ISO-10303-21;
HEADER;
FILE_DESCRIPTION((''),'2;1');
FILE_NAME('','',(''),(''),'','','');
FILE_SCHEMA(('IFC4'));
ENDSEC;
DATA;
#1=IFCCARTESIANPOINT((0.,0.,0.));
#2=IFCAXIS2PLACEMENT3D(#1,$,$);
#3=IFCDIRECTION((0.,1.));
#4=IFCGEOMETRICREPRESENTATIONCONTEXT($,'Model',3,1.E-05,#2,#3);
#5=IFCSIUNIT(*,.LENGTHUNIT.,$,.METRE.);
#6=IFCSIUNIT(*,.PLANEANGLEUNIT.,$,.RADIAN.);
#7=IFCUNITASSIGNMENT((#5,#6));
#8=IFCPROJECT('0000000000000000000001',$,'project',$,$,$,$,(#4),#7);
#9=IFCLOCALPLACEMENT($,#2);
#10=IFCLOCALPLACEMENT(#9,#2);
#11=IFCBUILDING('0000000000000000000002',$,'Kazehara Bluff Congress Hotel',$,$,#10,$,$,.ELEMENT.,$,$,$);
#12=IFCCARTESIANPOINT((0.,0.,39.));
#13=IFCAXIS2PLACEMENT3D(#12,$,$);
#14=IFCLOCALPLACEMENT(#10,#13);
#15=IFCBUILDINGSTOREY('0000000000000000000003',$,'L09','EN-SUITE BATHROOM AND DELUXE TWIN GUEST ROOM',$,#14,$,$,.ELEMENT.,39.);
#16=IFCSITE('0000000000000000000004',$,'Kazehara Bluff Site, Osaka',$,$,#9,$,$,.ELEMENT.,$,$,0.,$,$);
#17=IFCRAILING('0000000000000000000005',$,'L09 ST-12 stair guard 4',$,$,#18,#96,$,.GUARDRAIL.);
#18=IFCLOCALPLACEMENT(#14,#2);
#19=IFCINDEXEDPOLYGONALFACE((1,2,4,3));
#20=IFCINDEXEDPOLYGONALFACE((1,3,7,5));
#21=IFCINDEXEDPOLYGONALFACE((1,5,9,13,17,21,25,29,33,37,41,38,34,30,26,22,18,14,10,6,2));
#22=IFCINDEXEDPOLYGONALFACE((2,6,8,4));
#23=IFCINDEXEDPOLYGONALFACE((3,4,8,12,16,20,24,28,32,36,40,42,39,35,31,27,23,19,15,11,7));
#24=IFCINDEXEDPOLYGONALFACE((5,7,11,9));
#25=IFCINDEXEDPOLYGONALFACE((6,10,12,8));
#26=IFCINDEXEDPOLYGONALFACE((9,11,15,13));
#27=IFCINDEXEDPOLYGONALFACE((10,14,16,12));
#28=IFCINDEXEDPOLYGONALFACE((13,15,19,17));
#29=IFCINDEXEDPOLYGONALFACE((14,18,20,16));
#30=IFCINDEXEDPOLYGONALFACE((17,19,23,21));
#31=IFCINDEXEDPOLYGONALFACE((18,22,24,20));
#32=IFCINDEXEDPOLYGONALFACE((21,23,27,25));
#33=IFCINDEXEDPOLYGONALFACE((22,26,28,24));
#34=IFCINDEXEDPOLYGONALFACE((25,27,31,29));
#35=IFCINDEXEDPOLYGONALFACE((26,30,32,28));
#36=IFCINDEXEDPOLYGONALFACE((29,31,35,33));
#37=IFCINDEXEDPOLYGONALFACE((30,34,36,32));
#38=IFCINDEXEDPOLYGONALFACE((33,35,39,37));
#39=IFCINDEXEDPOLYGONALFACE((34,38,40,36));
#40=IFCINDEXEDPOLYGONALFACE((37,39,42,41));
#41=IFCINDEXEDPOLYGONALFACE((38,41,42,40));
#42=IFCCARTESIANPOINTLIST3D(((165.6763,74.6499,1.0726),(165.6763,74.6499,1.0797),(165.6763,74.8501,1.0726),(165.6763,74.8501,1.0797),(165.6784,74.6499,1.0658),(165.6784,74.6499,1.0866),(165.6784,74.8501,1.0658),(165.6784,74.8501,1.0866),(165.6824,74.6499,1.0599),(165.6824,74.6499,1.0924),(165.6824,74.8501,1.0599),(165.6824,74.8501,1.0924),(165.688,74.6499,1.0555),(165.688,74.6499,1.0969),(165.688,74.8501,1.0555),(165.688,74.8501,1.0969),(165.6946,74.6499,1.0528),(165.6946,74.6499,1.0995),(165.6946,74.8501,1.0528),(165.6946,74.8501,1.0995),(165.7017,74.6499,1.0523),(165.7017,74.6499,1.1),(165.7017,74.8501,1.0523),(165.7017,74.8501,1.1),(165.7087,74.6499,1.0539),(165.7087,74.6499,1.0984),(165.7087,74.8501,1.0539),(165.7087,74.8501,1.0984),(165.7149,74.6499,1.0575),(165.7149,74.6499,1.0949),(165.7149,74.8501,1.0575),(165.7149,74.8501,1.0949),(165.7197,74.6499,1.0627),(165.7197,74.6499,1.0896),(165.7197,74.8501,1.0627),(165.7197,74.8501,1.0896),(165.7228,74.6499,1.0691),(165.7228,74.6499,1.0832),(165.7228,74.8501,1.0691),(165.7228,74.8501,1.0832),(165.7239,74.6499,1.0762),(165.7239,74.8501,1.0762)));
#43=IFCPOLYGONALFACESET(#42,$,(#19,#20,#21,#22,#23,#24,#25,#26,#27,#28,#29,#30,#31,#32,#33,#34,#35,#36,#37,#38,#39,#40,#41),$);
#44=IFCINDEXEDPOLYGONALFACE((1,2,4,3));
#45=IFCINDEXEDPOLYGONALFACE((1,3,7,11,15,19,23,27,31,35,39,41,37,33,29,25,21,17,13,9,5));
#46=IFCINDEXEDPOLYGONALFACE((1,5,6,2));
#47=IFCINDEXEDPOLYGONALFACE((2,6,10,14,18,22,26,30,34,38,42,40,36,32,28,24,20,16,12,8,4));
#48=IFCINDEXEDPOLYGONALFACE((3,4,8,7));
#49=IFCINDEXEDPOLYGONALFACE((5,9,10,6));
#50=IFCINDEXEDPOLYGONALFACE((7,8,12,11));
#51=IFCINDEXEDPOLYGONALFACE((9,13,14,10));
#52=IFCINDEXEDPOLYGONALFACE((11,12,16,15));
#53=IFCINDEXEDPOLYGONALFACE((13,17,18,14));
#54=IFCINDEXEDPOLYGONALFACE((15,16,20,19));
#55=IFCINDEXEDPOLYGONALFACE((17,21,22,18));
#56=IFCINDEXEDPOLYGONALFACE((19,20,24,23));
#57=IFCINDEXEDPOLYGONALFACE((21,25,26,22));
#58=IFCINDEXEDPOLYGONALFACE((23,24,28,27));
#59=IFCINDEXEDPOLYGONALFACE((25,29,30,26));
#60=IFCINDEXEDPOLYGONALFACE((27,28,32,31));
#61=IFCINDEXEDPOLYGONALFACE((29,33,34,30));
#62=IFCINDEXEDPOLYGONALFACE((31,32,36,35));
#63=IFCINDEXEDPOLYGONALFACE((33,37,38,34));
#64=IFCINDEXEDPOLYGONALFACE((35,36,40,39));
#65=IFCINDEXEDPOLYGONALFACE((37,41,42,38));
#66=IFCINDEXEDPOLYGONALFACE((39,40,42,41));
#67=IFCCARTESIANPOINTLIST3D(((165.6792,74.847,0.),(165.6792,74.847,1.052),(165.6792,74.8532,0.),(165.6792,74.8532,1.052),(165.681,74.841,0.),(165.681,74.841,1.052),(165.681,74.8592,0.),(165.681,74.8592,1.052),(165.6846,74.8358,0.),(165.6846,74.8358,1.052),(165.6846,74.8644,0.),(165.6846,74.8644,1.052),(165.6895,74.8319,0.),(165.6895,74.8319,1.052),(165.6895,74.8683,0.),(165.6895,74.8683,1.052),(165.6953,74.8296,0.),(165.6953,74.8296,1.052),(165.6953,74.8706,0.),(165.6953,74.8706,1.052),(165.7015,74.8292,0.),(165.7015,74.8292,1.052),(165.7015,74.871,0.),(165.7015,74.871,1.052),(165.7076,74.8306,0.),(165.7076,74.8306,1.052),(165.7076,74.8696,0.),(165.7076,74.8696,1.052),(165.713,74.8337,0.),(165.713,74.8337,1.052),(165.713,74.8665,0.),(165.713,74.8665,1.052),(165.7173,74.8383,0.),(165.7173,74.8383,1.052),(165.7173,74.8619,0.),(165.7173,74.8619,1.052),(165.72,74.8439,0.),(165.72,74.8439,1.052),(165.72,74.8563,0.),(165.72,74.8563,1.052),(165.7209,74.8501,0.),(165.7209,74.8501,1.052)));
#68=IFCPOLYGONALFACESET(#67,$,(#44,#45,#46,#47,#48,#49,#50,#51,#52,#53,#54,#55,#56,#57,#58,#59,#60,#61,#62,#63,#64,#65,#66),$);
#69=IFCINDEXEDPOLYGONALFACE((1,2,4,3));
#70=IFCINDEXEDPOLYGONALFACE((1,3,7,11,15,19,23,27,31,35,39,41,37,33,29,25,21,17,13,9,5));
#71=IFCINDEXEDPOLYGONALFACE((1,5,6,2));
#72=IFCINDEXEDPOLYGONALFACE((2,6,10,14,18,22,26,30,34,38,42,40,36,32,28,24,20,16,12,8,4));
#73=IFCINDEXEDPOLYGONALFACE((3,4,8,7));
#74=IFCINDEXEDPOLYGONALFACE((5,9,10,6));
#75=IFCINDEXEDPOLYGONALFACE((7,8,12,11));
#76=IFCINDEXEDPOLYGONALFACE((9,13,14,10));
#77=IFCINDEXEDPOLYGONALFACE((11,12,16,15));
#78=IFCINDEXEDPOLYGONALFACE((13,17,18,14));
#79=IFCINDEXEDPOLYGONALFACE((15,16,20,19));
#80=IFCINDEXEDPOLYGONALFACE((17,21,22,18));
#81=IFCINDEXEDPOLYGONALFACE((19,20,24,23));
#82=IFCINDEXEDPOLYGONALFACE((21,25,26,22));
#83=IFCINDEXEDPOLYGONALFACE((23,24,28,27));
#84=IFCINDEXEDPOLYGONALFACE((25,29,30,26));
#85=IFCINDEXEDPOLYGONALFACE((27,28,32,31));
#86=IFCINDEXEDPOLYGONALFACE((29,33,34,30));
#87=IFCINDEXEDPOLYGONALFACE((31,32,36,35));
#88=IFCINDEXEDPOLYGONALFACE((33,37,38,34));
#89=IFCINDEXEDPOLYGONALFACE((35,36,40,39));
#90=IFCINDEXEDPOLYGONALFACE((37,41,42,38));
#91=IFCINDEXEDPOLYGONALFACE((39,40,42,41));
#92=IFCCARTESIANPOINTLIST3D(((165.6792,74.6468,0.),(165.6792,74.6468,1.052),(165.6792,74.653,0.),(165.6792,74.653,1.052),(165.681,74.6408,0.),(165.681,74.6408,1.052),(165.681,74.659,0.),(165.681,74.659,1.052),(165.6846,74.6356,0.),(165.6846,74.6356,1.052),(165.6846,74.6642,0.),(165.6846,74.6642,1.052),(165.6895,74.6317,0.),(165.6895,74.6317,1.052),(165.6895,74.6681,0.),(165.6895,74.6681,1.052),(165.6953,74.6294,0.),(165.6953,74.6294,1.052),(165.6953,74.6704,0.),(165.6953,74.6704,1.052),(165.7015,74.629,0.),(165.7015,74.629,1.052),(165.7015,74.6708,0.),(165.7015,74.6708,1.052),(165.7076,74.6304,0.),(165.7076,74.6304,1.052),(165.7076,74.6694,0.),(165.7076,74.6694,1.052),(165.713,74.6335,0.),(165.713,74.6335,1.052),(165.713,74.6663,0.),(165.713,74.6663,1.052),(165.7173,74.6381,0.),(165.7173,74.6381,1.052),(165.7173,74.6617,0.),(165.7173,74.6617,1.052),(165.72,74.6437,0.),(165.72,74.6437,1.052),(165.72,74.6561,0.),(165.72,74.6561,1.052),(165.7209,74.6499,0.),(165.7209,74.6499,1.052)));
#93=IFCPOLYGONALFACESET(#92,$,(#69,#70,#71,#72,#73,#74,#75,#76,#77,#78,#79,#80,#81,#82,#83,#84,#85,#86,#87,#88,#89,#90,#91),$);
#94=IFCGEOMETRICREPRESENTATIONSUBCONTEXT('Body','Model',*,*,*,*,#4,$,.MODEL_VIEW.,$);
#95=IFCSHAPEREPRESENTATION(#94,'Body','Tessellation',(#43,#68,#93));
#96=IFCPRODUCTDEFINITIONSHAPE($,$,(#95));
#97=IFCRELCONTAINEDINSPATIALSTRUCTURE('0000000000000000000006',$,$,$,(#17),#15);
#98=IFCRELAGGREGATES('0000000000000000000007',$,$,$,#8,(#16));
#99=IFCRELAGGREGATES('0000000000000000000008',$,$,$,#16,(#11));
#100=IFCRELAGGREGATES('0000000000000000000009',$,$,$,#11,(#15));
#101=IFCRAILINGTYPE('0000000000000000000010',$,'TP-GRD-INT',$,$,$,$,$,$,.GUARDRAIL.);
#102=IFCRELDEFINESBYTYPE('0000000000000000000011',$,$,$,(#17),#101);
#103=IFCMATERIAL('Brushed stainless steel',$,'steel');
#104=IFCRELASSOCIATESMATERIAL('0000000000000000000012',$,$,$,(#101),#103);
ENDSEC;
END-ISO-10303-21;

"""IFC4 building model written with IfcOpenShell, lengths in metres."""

from ifc_helpers import new_model, si_unit, direction, frame, origin, origin_2d, place, context, subcontext, project, spatial, circle, extrude, material, type_object, element, save


model = new_model("IFC4")

# Units and contexts
model_context = context("Model", 3, precision=1e-05, world=origin(), true_north=direction((0.0, 1.0)))
body_context = subcontext(model_context, "Body", "Model", "MODEL_VIEW")
ifc_project = project(units=[si_unit("LENGTHUNIT", "METRE"), si_unit("PLANEANGLEUNIT", "RADIAN")], contexts=[model_context])

# Site, building, storey
site_placement = place(None, origin())
site = spatial("IfcSite", under=ifc_project, at=site_placement, Name="Kazehara Bluff Site, Osaka", CompositionType="ELEMENT", RefElevation=0.0)
building_placement = place(site_placement, origin())
building = spatial("IfcBuilding", under=site, at=building_placement, Name="Kazehara Bluff Congress Hotel", CompositionType="ELEMENT")
storey_placement = place(building_placement, frame((0.0, 0.0, 39.0)))
storey = spatial("IfcBuildingStorey", under=building, at=storey_placement, Name="L09", Description="EN-SUITE BATHROOM AND DELUXE TWIN GUEST ROOM", CompositionType="ELEMENT", Elevation=39.0)

# Railing
ifc_material_1 = material(Name="Brushed stainless steel", Category="steel")
railing_type_1 = type_object("IfcRailingType", Name="TP-GRD-INT", PredefinedType="GUARDRAIL", material=ifc_material_1)
railing_1_placement = place(storey_placement, frame((165.7, 74.8501, 0.0)))
element("IfcRailing", 1, at=railing_1_placement, inside=storey, type_object=railing_type_1, Name="L09 ST-12 stair guard 4", PredefinedType="GUARDRAIL", context=body_context, shape_type="SweptSolid", body=[
    extrude(circle(Radius=0.0239, at=origin_2d()), frame((0.0, 0.0, 1.0762), z_axis=(0.0, -1.0, 0.0), x_axis=(1.0, 0.0, 0.0)), (0.0, 0.0, 1.0), 0.2002),
    extrude(circle(Radius=0.021, at=origin_2d()), origin(), (0.0, 0.0, 1.0), 1.052),
    extrude(circle(Radius=0.021, at=origin_2d()), frame((0.0, -0.2002, 0.0)), (0.0, 0.0, 1.0), 1.052),
])

save(model, "model.ifc")
